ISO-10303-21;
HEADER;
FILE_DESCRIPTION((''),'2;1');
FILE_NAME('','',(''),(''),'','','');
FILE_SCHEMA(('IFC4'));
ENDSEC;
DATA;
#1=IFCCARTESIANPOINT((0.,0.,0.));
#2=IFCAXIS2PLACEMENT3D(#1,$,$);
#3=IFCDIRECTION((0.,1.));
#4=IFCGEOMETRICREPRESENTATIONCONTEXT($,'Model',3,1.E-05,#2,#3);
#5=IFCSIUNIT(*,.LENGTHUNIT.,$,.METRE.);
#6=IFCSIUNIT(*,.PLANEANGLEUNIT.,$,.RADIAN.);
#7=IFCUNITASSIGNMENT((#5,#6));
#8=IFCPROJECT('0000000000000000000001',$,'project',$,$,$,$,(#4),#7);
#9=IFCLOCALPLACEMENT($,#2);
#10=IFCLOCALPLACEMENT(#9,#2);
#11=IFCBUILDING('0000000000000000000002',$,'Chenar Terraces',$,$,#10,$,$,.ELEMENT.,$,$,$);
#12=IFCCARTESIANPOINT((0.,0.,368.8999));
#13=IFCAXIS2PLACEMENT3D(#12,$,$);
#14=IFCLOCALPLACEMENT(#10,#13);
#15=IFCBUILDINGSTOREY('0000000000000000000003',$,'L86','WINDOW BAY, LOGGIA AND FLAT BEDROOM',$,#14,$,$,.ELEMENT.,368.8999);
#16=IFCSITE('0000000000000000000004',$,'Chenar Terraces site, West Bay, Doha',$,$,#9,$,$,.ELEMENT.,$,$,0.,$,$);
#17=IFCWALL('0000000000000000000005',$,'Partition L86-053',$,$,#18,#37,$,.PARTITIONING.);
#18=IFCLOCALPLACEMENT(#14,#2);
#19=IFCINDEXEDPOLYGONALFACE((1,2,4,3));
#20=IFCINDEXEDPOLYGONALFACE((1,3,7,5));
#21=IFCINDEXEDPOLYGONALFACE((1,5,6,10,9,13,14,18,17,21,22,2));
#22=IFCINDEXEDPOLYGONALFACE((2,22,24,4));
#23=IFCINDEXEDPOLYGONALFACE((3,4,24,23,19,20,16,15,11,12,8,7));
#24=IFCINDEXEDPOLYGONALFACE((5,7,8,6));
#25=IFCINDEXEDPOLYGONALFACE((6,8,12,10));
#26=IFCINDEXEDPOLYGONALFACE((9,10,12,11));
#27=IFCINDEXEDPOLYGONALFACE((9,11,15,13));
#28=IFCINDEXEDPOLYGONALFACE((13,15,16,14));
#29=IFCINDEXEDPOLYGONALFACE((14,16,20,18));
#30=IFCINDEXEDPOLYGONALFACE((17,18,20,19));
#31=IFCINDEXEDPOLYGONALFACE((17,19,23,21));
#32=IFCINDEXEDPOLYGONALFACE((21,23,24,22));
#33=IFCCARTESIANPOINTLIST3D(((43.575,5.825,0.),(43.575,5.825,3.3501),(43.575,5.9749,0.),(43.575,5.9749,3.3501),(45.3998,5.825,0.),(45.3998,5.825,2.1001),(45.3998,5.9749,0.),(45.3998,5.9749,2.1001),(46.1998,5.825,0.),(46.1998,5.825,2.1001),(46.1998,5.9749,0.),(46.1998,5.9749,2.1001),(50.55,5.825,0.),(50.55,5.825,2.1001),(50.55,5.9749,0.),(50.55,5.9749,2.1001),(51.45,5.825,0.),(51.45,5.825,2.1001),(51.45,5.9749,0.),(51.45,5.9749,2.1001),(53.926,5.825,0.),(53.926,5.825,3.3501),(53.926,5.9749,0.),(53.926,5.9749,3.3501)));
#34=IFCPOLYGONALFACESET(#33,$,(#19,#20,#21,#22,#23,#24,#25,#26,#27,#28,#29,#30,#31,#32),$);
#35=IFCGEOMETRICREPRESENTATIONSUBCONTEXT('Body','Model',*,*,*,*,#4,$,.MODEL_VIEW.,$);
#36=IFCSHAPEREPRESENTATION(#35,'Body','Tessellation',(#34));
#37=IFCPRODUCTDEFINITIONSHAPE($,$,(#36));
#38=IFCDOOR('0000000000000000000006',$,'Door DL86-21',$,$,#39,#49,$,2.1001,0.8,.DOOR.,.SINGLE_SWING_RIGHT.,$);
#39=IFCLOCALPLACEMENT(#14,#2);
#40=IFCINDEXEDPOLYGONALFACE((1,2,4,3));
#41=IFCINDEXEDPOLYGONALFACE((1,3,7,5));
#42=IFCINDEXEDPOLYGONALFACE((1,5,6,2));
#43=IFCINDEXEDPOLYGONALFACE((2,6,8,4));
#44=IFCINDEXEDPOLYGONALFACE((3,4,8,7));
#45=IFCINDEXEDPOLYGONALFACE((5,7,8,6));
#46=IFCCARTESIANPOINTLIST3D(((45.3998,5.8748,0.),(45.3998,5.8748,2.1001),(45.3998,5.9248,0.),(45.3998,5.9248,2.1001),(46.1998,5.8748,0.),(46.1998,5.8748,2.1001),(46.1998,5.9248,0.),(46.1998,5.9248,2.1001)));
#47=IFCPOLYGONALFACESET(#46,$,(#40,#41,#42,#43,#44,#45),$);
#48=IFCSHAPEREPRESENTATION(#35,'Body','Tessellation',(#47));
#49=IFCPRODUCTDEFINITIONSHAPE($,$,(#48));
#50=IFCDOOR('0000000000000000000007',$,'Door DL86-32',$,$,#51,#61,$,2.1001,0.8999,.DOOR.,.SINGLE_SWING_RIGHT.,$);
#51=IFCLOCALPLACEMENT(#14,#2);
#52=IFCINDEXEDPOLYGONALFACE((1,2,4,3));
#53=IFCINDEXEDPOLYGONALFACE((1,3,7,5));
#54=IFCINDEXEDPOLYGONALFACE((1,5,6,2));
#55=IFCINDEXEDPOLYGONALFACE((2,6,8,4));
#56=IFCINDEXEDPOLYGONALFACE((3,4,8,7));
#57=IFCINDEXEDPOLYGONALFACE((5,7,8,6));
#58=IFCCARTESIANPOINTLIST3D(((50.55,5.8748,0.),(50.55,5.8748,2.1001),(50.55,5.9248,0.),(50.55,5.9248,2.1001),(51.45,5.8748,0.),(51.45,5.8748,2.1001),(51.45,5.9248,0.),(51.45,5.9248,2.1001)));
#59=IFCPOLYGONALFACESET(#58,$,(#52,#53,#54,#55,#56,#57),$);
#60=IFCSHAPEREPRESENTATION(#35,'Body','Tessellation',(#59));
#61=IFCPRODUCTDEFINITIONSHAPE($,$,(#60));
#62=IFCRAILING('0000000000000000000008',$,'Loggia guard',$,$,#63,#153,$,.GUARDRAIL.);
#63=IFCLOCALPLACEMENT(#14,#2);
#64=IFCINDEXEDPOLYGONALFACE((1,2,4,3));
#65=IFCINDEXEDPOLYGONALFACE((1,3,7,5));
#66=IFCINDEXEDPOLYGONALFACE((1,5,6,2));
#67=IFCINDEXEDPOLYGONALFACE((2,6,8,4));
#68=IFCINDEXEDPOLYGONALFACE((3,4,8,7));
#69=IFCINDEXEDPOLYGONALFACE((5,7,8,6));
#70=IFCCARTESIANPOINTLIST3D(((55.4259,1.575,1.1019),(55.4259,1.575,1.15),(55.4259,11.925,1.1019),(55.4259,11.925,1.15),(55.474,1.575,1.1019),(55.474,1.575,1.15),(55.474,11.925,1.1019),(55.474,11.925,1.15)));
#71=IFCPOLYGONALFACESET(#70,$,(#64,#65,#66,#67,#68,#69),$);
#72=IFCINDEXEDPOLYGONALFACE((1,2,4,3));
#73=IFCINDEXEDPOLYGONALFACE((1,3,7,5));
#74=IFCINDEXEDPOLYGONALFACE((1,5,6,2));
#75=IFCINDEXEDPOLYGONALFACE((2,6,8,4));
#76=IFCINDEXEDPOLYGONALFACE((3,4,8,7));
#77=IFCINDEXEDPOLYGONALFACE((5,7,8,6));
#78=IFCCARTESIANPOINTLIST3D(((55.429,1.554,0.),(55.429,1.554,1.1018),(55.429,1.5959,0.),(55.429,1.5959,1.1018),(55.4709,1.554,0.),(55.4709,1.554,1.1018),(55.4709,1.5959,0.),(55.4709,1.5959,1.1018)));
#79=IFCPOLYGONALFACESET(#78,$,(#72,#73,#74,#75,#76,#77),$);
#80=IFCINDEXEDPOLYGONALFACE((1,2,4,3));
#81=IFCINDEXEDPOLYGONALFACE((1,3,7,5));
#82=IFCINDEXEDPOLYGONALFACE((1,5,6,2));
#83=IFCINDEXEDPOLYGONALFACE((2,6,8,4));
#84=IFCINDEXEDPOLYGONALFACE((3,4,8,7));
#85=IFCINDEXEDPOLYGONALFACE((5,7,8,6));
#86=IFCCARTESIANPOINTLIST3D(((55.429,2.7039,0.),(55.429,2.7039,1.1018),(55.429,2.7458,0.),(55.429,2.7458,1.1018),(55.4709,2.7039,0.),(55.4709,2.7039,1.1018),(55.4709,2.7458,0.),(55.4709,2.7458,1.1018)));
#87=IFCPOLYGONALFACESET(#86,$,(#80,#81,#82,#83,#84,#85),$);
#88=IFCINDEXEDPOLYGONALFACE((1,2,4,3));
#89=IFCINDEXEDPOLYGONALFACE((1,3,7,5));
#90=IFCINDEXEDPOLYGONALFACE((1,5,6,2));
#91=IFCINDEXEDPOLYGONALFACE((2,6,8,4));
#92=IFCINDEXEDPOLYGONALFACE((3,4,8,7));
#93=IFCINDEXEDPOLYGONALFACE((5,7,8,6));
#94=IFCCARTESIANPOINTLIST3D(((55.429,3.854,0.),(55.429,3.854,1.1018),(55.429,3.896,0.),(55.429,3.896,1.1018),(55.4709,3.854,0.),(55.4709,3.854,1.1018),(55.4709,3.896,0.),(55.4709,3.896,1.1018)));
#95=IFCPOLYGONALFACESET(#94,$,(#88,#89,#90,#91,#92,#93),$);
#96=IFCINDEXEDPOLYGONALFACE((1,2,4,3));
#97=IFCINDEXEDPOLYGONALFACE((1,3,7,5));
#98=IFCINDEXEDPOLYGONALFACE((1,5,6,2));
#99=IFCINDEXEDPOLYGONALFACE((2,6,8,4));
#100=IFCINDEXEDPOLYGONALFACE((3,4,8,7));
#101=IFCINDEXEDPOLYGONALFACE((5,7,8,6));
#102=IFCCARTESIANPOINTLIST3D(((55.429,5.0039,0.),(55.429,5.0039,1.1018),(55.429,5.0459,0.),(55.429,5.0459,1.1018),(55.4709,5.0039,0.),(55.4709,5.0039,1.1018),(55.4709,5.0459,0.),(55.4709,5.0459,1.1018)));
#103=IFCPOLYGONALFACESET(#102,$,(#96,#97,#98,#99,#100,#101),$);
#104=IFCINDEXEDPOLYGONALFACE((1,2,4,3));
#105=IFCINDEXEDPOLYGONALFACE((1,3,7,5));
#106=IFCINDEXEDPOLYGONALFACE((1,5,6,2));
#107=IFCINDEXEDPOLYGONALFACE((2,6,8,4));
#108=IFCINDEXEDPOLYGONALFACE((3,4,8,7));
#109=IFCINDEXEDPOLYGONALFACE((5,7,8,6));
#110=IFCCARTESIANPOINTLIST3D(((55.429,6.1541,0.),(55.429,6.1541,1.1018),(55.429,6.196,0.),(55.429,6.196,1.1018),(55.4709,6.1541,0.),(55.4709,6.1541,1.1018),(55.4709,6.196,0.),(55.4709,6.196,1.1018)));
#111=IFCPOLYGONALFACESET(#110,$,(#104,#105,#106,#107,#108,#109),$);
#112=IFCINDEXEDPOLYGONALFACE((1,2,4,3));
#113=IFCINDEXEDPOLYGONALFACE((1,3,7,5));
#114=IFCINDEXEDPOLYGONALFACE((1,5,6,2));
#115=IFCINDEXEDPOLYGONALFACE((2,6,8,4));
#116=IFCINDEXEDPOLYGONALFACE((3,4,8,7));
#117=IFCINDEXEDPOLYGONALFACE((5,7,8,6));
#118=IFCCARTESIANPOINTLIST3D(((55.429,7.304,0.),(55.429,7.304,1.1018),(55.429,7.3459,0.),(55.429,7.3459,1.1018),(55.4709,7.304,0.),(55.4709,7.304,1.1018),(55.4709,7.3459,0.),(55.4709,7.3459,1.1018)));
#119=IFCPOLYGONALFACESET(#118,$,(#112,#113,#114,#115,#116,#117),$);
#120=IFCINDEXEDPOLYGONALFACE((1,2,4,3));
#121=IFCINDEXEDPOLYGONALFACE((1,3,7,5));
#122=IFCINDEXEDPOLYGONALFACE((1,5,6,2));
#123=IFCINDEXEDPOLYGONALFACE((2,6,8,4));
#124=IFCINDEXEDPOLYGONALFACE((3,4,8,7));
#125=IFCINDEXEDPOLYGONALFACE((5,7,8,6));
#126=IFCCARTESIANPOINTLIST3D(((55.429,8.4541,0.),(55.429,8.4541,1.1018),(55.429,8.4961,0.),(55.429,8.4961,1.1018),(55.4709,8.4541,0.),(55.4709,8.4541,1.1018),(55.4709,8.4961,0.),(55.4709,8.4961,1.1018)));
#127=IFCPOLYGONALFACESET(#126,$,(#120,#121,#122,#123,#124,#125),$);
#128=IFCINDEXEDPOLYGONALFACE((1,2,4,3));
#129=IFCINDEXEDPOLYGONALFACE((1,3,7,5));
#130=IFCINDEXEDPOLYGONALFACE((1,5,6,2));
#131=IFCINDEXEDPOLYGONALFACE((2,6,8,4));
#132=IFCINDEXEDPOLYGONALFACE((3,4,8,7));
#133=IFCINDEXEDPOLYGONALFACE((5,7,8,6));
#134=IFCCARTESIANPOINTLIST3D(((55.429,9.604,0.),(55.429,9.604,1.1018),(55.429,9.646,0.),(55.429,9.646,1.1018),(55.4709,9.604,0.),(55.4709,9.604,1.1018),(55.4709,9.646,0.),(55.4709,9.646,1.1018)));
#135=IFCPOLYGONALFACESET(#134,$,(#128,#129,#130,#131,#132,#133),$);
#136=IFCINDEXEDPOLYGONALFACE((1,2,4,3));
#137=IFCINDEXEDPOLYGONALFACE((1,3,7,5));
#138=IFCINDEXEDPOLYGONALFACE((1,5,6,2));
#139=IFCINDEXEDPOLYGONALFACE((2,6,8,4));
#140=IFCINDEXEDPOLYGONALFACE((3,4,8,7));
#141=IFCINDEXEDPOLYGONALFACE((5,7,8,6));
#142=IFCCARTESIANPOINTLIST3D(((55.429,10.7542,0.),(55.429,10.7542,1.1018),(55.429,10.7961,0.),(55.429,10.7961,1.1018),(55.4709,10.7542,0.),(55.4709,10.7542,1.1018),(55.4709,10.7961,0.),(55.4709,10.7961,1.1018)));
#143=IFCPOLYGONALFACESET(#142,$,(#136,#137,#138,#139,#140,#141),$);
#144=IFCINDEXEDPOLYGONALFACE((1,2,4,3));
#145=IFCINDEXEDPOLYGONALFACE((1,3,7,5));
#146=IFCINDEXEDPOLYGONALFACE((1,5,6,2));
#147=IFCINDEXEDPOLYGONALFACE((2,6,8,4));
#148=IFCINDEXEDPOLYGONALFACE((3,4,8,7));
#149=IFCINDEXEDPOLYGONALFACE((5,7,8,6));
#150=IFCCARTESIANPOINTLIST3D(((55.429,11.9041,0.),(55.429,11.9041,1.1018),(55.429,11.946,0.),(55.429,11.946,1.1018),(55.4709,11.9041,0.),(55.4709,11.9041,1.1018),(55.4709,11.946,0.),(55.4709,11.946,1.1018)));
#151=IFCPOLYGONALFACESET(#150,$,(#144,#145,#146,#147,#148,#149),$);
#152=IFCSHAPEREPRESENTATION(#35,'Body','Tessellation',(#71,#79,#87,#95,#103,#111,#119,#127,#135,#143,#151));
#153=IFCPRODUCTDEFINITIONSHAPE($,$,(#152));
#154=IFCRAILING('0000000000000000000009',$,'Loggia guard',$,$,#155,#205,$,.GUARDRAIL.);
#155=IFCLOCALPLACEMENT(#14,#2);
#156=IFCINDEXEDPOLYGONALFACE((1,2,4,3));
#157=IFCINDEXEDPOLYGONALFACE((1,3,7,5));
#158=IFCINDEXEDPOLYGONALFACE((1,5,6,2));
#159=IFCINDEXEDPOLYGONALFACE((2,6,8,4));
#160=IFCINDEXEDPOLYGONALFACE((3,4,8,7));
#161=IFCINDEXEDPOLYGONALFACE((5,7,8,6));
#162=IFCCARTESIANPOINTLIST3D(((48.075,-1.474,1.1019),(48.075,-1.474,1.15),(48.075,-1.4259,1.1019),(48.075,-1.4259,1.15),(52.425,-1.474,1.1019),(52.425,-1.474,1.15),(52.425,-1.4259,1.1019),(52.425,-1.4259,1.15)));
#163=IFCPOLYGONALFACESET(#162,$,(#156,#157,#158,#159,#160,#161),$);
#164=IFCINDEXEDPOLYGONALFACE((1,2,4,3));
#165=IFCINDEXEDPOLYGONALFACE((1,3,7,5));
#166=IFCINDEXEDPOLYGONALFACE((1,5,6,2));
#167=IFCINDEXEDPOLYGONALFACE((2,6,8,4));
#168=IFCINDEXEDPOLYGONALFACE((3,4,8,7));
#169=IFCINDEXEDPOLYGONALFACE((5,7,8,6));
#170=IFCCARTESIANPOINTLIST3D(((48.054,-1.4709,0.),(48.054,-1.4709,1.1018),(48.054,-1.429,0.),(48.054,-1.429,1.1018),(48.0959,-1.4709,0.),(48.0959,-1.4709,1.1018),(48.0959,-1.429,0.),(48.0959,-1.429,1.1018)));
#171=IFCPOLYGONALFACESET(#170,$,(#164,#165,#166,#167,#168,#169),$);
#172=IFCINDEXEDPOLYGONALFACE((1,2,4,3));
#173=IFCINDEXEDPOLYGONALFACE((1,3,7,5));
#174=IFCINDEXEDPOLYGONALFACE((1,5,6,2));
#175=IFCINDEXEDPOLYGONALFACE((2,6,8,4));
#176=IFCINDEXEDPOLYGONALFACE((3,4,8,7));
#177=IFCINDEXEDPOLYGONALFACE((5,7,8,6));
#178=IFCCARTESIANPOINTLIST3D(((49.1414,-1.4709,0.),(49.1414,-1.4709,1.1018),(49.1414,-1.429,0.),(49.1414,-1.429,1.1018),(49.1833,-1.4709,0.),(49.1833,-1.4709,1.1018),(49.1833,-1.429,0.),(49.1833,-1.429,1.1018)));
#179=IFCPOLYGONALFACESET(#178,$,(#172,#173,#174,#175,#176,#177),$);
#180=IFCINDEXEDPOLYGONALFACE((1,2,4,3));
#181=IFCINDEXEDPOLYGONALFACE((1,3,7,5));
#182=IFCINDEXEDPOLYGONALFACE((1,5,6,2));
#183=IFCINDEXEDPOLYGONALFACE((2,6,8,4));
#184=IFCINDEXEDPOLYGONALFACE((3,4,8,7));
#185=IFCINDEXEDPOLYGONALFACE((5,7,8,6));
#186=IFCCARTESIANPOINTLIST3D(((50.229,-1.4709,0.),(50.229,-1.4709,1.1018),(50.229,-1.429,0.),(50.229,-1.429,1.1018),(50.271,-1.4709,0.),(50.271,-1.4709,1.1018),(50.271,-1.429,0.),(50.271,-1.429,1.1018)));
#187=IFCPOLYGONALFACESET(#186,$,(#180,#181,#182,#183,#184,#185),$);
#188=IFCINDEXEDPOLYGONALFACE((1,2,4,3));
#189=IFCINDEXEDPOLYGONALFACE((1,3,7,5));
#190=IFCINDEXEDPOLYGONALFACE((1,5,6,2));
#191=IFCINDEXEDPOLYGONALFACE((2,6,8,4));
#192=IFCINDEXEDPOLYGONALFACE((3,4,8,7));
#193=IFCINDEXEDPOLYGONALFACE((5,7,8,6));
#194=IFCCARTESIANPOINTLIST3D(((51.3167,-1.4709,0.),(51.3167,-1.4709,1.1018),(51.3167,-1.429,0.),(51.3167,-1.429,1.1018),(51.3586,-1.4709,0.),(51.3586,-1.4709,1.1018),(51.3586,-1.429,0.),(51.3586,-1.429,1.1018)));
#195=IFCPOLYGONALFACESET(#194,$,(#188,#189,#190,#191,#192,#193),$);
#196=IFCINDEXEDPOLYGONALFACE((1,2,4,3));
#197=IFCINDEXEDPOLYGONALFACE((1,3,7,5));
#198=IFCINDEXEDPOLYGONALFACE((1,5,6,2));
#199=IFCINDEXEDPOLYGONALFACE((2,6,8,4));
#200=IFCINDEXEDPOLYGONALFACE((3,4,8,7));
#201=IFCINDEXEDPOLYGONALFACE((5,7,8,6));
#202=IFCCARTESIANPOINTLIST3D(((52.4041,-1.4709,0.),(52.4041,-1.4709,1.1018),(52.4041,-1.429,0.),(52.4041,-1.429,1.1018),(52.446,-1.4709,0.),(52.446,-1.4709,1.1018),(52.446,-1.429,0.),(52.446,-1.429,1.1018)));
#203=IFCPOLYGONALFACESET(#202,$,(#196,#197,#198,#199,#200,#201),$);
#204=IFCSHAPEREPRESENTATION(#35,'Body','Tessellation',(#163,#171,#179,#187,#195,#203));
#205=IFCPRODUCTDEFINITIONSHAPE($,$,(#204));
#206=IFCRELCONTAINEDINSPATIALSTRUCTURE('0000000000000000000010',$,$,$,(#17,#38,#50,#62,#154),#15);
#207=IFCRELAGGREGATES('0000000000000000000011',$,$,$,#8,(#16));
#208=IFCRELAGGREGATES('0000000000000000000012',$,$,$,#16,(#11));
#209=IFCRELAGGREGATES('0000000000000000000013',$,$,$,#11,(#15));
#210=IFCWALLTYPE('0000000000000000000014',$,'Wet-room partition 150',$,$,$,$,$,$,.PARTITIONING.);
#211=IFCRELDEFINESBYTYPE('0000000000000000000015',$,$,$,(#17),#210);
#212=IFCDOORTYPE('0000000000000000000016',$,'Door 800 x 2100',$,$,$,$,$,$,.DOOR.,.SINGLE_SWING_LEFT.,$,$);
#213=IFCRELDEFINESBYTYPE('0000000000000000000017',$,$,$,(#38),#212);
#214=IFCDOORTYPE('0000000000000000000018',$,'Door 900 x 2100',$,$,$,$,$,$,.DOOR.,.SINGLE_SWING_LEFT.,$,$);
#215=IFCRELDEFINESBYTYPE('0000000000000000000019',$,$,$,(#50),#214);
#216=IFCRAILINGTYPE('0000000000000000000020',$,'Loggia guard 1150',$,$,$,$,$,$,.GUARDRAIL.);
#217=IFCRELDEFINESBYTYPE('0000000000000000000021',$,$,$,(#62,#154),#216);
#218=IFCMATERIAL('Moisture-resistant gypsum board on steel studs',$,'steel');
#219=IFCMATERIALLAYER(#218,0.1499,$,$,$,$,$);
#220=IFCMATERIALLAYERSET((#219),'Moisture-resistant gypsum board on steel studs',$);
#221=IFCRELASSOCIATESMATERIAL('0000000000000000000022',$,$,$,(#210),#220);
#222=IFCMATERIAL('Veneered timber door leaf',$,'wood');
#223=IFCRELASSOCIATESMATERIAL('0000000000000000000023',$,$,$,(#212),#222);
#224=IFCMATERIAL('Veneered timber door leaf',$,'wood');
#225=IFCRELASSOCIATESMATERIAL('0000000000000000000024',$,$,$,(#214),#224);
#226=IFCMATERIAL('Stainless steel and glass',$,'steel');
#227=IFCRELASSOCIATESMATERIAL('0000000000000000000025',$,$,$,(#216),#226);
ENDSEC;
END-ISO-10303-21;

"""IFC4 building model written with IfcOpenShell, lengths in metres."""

from ifc_helpers import new_model, si_unit, direction, frame, frame_2d, origin, origin_2d, place, context, subcontext, project, spatial, rectangle, extrude, material, layer, layer_set, type_object, element, fill, save


model = new_model("IFC4")

# Units and contexts
model_context = context("Model", 3, precision=1e-05, world=origin(), true_north=direction((0.0, 1.0)))
body_context = subcontext(model_context, "Body", "Model", "MODEL_VIEW")
ifc_project = project(units=[si_unit("LENGTHUNIT", "METRE"), si_unit("PLANEANGLEUNIT", "RADIAN")], contexts=[model_context])

# Site, building, storey
site_placement = place(None, origin())
site = spatial("IfcSite", under=ifc_project, at=site_placement, Name="Chenar Terraces site, West Bay, Doha", CompositionType="ELEMENT", RefElevation=0.0)
building_placement = place(site_placement, origin())
building = spatial("IfcBuilding", under=site, at=building_placement, Name="Chenar Terraces", CompositionType="ELEMENT")
storey_placement = place(building_placement, frame((0.0, 0.0, 368.8999)))
storey = spatial("IfcBuildingStorey", under=building, at=storey_placement, Name="L86", Description="WINDOW BAY, LOGGIA AND FLAT BEDROOM", CompositionType="ELEMENT", Elevation=368.8999)

# Wall, openings, doors
ifc_material_1 = material(Name="Moisture-resistant gypsum board on steel studs", Category="steel")
ifc_layer_1 = layer(ifc_material_1, 0.1499)
ifc_layer_set_1 = layer_set([ifc_layer_1], Name="Moisture-resistant gypsum board on steel studs")
wall_type_1 = type_object("IfcWallType", Name="Wet-room partition 150", PredefinedType="PARTITIONING", material=ifc_layer_set_1)
wall_1_placement = place(storey_placement, frame((43.575, 5.8999, 0.0), z_axis=(0.0, 0.0, 1.0), x_axis=(1.0, 0.0, 0.0)))
wall_1 = element("IfcWall", 1, at=wall_1_placement, inside=storey, type_object=wall_type_1, Name="Partition L86-053", PredefinedType="PARTITIONING", context=body_context, shape_type="SweptSolid", body=[
    extrude(rectangle(XDim=10.3511, YDim=0.1499, at=frame_2d((5.1755, 0.0))), origin(), (0.0, 0.0, 1.0), 3.3501),
])
opening_1_placement = place(wall_1_placement, frame((1.825, 0.0, 0.0)))
opening_1 = element("IfcOpeningElement", 2, at=opening_1_placement, cuts=wall_1, PredefinedType="OPENING", context=body_context, shape_type="SweptSolid", body=[
    extrude(rectangle(XDim=0.8, YDim=2.1001, at=frame_2d((0.3999, 1.05))), frame((0.0, 0.085, 0.0), z_axis=(0.0, -1.0, 0.0), x_axis=(1.0, 0.0, 0.0)), (0.0, 0.0, 1.0), 0.1699),
])
opening_2_placement = place(wall_1_placement, frame((6.9751, 0.0, 0.0)))
opening_2 = element("IfcOpeningElement", 3, at=opening_2_placement, cuts=wall_1, PredefinedType="OPENING", context=body_context, shape_type="SweptSolid", body=[
    extrude(rectangle(XDim=0.8999, YDim=2.1001, at=frame_2d((0.45, 1.05))), frame((0.0, 0.085, 0.0), z_axis=(0.0, -1.0, 0.0), x_axis=(1.0, 0.0, 0.0)), (0.0, 0.0, 1.0), 0.1699),
])
ifc_material_2 = material(Name="Veneered timber door leaf", Category="wood")
door_type_1 = type_object("IfcDoorType", Name="Door 800 x 2100", OperationType="SINGLE_SWING_LEFT", PredefinedType="DOOR", material=ifc_material_2)
door_1_placement = place(opening_1_placement, origin())
door_1 = element("IfcDoor", 4, at=door_1_placement, inside=storey, type_object=door_type_1, Name="Door DL86-21", OperationType="SINGLE_SWING_RIGHT", OverallHeight=2.1001, OverallWidth=0.8, PredefinedType="DOOR", context=body_context, shape_type="SweptSolid", body=[
    extrude(rectangle(XDim=0.8, YDim=2.1001, at=frame_2d((0.3999, 1.05))), frame((0.0, 0.0249, 0.0), z_axis=(0.0, -1.0, 0.0), x_axis=(1.0, 0.0, 0.0)), (0.0, 0.0, 1.0), 0.05),
])
fill(opening_1, door_1)
ifc_material_3 = material(Name="Veneered timber door leaf", Category="wood")
door_type_2 = type_object("IfcDoorType", Name="Door 900 x 2100", OperationType="SINGLE_SWING_LEFT", PredefinedType="DOOR", material=ifc_material_3)
door_2_placement = place(opening_2_placement, origin())
door_2 = element("IfcDoor", 5, at=door_2_placement, inside=storey, type_object=door_type_2, Name="Door DL86-32", OperationType="SINGLE_SWING_RIGHT", OverallHeight=2.1001, OverallWidth=0.8999, PredefinedType="DOOR", context=body_context, shape_type="SweptSolid", body=[
    extrude(rectangle(XDim=0.8999, YDim=2.1001, at=frame_2d((0.45, 1.05))), frame((0.0, 0.0249, 0.0), z_axis=(0.0, -1.0, 0.0), x_axis=(1.0, 0.0, 0.0)), (0.0, 0.0, 1.0), 0.05),
])
fill(opening_2, door_2)

# Railings
ifc_material_4 = material(Name="Stainless steel and glass", Category="steel")
railing_type = type_object("IfcRailingType", Name="Loggia guard 1150", PredefinedType="GUARDRAIL", material=ifc_material_4)
railing_1_placement = place(storey_placement, frame((55.45, 1.575, 0.0)))
element("IfcRailing", 6, at=railing_1_placement, inside=storey, type_object=railing_type, Name="Loggia guard", PredefinedType="GUARDRAIL", context=body_context, shape_type="SweptSolid", body=[
    extrude(rectangle(XDim=0.0481, YDim=0.0481, at=origin_2d()), frame((0.0, 0.0, 1.126), z_axis=(0.0, 1.0, 0.0), x_axis=(-1.0, 0.0, 0.0)), (0.0, 0.0, 1.0), 10.3501),
    extrude(rectangle(XDim=0.042, YDim=0.042, at=origin_2d()), origin(), (0.0, 0.0, 1.0), 1.1018),
    extrude(rectangle(XDim=0.042, YDim=0.042, at=origin_2d()), frame((0.0, 1.1499, 0.0)), (0.0, 0.0, 1.0), 1.1018),
    extrude(rectangle(XDim=0.042, YDim=0.042, at=origin_2d()), frame((0.0, 2.3, 0.0)), (0.0, 0.0, 1.0), 1.1018),
    extrude(rectangle(XDim=0.042, YDim=0.042, at=origin_2d()), frame((0.0, 3.45, 0.0)), (0.0, 0.0, 1.0), 1.1018),
    extrude(rectangle(XDim=0.042, YDim=0.042, at=origin_2d()), frame((0.0, 4.6001, 0.0)), (0.0, 0.0, 1.0), 1.1018),
    extrude(rectangle(XDim=0.042, YDim=0.042, at=origin_2d()), frame((0.0, 5.75, 0.0)), (0.0, 0.0, 1.0), 1.1018),
    extrude(rectangle(XDim=0.042, YDim=0.042, at=origin_2d()), frame((0.0, 6.9001, 0.0)), (0.0, 0.0, 1.0), 1.1018),
    extrude(rectangle(XDim=0.042, YDim=0.042, at=origin_2d()), frame((0.0, 8.05, 0.0)), (0.0, 0.0, 1.0), 1.1018),
    extrude(rectangle(XDim=0.042, YDim=0.042, at=origin_2d()), frame((0.0, 9.2002, 0.0)), (0.0, 0.0, 1.0), 1.1018),
    extrude(rectangle(XDim=0.042, YDim=0.042, at=origin_2d()), frame((0.0, 10.3501, 0.0)), (0.0, 0.0, 1.0), 1.1018),
])
railing_2_placement = place(storey_placement, frame((48.075, -1.45, 0.0)))
element("IfcRailing", 7, at=railing_2_placement, inside=storey, type_object=railing_type, Name="Loggia guard", PredefinedType="GUARDRAIL", context=body_context, shape_type="SweptSolid", body=[
    extrude(rectangle(XDim=0.0481, YDim=0.0481, at=origin_2d()), frame((0.0, 0.0, 1.126), z_axis=(1.0, 0.0, 0.0), x_axis=(0.0, 1.0, 0.0)), (0.0, 0.0, 1.0), 4.3501),
    extrude(rectangle(XDim=0.042, YDim=0.042, at=origin_2d()), origin(), (0.0, 0.0, 1.0), 1.1018),
    extrude(rectangle(XDim=0.042, YDim=0.042, at=origin_2d()), frame((1.0874, 0.0, 0.0)), (0.0, 0.0, 1.0), 1.1018),
    extrude(rectangle(XDim=0.042, YDim=0.042, at=origin_2d()), frame((2.175, 0.0, 0.0)), (0.0, 0.0, 1.0), 1.1018),
    extrude(rectangle(XDim=0.042, YDim=0.042, at=origin_2d()), frame((3.2627, 0.0, 0.0)), (0.0, 0.0, 1.0), 1.1018),
    extrude(rectangle(XDim=0.042, YDim=0.042, at=origin_2d()), frame((4.3501, 0.0, 0.0)), (0.0, 0.0, 1.0), 1.1018),
])

save(model, "model.ifc")
